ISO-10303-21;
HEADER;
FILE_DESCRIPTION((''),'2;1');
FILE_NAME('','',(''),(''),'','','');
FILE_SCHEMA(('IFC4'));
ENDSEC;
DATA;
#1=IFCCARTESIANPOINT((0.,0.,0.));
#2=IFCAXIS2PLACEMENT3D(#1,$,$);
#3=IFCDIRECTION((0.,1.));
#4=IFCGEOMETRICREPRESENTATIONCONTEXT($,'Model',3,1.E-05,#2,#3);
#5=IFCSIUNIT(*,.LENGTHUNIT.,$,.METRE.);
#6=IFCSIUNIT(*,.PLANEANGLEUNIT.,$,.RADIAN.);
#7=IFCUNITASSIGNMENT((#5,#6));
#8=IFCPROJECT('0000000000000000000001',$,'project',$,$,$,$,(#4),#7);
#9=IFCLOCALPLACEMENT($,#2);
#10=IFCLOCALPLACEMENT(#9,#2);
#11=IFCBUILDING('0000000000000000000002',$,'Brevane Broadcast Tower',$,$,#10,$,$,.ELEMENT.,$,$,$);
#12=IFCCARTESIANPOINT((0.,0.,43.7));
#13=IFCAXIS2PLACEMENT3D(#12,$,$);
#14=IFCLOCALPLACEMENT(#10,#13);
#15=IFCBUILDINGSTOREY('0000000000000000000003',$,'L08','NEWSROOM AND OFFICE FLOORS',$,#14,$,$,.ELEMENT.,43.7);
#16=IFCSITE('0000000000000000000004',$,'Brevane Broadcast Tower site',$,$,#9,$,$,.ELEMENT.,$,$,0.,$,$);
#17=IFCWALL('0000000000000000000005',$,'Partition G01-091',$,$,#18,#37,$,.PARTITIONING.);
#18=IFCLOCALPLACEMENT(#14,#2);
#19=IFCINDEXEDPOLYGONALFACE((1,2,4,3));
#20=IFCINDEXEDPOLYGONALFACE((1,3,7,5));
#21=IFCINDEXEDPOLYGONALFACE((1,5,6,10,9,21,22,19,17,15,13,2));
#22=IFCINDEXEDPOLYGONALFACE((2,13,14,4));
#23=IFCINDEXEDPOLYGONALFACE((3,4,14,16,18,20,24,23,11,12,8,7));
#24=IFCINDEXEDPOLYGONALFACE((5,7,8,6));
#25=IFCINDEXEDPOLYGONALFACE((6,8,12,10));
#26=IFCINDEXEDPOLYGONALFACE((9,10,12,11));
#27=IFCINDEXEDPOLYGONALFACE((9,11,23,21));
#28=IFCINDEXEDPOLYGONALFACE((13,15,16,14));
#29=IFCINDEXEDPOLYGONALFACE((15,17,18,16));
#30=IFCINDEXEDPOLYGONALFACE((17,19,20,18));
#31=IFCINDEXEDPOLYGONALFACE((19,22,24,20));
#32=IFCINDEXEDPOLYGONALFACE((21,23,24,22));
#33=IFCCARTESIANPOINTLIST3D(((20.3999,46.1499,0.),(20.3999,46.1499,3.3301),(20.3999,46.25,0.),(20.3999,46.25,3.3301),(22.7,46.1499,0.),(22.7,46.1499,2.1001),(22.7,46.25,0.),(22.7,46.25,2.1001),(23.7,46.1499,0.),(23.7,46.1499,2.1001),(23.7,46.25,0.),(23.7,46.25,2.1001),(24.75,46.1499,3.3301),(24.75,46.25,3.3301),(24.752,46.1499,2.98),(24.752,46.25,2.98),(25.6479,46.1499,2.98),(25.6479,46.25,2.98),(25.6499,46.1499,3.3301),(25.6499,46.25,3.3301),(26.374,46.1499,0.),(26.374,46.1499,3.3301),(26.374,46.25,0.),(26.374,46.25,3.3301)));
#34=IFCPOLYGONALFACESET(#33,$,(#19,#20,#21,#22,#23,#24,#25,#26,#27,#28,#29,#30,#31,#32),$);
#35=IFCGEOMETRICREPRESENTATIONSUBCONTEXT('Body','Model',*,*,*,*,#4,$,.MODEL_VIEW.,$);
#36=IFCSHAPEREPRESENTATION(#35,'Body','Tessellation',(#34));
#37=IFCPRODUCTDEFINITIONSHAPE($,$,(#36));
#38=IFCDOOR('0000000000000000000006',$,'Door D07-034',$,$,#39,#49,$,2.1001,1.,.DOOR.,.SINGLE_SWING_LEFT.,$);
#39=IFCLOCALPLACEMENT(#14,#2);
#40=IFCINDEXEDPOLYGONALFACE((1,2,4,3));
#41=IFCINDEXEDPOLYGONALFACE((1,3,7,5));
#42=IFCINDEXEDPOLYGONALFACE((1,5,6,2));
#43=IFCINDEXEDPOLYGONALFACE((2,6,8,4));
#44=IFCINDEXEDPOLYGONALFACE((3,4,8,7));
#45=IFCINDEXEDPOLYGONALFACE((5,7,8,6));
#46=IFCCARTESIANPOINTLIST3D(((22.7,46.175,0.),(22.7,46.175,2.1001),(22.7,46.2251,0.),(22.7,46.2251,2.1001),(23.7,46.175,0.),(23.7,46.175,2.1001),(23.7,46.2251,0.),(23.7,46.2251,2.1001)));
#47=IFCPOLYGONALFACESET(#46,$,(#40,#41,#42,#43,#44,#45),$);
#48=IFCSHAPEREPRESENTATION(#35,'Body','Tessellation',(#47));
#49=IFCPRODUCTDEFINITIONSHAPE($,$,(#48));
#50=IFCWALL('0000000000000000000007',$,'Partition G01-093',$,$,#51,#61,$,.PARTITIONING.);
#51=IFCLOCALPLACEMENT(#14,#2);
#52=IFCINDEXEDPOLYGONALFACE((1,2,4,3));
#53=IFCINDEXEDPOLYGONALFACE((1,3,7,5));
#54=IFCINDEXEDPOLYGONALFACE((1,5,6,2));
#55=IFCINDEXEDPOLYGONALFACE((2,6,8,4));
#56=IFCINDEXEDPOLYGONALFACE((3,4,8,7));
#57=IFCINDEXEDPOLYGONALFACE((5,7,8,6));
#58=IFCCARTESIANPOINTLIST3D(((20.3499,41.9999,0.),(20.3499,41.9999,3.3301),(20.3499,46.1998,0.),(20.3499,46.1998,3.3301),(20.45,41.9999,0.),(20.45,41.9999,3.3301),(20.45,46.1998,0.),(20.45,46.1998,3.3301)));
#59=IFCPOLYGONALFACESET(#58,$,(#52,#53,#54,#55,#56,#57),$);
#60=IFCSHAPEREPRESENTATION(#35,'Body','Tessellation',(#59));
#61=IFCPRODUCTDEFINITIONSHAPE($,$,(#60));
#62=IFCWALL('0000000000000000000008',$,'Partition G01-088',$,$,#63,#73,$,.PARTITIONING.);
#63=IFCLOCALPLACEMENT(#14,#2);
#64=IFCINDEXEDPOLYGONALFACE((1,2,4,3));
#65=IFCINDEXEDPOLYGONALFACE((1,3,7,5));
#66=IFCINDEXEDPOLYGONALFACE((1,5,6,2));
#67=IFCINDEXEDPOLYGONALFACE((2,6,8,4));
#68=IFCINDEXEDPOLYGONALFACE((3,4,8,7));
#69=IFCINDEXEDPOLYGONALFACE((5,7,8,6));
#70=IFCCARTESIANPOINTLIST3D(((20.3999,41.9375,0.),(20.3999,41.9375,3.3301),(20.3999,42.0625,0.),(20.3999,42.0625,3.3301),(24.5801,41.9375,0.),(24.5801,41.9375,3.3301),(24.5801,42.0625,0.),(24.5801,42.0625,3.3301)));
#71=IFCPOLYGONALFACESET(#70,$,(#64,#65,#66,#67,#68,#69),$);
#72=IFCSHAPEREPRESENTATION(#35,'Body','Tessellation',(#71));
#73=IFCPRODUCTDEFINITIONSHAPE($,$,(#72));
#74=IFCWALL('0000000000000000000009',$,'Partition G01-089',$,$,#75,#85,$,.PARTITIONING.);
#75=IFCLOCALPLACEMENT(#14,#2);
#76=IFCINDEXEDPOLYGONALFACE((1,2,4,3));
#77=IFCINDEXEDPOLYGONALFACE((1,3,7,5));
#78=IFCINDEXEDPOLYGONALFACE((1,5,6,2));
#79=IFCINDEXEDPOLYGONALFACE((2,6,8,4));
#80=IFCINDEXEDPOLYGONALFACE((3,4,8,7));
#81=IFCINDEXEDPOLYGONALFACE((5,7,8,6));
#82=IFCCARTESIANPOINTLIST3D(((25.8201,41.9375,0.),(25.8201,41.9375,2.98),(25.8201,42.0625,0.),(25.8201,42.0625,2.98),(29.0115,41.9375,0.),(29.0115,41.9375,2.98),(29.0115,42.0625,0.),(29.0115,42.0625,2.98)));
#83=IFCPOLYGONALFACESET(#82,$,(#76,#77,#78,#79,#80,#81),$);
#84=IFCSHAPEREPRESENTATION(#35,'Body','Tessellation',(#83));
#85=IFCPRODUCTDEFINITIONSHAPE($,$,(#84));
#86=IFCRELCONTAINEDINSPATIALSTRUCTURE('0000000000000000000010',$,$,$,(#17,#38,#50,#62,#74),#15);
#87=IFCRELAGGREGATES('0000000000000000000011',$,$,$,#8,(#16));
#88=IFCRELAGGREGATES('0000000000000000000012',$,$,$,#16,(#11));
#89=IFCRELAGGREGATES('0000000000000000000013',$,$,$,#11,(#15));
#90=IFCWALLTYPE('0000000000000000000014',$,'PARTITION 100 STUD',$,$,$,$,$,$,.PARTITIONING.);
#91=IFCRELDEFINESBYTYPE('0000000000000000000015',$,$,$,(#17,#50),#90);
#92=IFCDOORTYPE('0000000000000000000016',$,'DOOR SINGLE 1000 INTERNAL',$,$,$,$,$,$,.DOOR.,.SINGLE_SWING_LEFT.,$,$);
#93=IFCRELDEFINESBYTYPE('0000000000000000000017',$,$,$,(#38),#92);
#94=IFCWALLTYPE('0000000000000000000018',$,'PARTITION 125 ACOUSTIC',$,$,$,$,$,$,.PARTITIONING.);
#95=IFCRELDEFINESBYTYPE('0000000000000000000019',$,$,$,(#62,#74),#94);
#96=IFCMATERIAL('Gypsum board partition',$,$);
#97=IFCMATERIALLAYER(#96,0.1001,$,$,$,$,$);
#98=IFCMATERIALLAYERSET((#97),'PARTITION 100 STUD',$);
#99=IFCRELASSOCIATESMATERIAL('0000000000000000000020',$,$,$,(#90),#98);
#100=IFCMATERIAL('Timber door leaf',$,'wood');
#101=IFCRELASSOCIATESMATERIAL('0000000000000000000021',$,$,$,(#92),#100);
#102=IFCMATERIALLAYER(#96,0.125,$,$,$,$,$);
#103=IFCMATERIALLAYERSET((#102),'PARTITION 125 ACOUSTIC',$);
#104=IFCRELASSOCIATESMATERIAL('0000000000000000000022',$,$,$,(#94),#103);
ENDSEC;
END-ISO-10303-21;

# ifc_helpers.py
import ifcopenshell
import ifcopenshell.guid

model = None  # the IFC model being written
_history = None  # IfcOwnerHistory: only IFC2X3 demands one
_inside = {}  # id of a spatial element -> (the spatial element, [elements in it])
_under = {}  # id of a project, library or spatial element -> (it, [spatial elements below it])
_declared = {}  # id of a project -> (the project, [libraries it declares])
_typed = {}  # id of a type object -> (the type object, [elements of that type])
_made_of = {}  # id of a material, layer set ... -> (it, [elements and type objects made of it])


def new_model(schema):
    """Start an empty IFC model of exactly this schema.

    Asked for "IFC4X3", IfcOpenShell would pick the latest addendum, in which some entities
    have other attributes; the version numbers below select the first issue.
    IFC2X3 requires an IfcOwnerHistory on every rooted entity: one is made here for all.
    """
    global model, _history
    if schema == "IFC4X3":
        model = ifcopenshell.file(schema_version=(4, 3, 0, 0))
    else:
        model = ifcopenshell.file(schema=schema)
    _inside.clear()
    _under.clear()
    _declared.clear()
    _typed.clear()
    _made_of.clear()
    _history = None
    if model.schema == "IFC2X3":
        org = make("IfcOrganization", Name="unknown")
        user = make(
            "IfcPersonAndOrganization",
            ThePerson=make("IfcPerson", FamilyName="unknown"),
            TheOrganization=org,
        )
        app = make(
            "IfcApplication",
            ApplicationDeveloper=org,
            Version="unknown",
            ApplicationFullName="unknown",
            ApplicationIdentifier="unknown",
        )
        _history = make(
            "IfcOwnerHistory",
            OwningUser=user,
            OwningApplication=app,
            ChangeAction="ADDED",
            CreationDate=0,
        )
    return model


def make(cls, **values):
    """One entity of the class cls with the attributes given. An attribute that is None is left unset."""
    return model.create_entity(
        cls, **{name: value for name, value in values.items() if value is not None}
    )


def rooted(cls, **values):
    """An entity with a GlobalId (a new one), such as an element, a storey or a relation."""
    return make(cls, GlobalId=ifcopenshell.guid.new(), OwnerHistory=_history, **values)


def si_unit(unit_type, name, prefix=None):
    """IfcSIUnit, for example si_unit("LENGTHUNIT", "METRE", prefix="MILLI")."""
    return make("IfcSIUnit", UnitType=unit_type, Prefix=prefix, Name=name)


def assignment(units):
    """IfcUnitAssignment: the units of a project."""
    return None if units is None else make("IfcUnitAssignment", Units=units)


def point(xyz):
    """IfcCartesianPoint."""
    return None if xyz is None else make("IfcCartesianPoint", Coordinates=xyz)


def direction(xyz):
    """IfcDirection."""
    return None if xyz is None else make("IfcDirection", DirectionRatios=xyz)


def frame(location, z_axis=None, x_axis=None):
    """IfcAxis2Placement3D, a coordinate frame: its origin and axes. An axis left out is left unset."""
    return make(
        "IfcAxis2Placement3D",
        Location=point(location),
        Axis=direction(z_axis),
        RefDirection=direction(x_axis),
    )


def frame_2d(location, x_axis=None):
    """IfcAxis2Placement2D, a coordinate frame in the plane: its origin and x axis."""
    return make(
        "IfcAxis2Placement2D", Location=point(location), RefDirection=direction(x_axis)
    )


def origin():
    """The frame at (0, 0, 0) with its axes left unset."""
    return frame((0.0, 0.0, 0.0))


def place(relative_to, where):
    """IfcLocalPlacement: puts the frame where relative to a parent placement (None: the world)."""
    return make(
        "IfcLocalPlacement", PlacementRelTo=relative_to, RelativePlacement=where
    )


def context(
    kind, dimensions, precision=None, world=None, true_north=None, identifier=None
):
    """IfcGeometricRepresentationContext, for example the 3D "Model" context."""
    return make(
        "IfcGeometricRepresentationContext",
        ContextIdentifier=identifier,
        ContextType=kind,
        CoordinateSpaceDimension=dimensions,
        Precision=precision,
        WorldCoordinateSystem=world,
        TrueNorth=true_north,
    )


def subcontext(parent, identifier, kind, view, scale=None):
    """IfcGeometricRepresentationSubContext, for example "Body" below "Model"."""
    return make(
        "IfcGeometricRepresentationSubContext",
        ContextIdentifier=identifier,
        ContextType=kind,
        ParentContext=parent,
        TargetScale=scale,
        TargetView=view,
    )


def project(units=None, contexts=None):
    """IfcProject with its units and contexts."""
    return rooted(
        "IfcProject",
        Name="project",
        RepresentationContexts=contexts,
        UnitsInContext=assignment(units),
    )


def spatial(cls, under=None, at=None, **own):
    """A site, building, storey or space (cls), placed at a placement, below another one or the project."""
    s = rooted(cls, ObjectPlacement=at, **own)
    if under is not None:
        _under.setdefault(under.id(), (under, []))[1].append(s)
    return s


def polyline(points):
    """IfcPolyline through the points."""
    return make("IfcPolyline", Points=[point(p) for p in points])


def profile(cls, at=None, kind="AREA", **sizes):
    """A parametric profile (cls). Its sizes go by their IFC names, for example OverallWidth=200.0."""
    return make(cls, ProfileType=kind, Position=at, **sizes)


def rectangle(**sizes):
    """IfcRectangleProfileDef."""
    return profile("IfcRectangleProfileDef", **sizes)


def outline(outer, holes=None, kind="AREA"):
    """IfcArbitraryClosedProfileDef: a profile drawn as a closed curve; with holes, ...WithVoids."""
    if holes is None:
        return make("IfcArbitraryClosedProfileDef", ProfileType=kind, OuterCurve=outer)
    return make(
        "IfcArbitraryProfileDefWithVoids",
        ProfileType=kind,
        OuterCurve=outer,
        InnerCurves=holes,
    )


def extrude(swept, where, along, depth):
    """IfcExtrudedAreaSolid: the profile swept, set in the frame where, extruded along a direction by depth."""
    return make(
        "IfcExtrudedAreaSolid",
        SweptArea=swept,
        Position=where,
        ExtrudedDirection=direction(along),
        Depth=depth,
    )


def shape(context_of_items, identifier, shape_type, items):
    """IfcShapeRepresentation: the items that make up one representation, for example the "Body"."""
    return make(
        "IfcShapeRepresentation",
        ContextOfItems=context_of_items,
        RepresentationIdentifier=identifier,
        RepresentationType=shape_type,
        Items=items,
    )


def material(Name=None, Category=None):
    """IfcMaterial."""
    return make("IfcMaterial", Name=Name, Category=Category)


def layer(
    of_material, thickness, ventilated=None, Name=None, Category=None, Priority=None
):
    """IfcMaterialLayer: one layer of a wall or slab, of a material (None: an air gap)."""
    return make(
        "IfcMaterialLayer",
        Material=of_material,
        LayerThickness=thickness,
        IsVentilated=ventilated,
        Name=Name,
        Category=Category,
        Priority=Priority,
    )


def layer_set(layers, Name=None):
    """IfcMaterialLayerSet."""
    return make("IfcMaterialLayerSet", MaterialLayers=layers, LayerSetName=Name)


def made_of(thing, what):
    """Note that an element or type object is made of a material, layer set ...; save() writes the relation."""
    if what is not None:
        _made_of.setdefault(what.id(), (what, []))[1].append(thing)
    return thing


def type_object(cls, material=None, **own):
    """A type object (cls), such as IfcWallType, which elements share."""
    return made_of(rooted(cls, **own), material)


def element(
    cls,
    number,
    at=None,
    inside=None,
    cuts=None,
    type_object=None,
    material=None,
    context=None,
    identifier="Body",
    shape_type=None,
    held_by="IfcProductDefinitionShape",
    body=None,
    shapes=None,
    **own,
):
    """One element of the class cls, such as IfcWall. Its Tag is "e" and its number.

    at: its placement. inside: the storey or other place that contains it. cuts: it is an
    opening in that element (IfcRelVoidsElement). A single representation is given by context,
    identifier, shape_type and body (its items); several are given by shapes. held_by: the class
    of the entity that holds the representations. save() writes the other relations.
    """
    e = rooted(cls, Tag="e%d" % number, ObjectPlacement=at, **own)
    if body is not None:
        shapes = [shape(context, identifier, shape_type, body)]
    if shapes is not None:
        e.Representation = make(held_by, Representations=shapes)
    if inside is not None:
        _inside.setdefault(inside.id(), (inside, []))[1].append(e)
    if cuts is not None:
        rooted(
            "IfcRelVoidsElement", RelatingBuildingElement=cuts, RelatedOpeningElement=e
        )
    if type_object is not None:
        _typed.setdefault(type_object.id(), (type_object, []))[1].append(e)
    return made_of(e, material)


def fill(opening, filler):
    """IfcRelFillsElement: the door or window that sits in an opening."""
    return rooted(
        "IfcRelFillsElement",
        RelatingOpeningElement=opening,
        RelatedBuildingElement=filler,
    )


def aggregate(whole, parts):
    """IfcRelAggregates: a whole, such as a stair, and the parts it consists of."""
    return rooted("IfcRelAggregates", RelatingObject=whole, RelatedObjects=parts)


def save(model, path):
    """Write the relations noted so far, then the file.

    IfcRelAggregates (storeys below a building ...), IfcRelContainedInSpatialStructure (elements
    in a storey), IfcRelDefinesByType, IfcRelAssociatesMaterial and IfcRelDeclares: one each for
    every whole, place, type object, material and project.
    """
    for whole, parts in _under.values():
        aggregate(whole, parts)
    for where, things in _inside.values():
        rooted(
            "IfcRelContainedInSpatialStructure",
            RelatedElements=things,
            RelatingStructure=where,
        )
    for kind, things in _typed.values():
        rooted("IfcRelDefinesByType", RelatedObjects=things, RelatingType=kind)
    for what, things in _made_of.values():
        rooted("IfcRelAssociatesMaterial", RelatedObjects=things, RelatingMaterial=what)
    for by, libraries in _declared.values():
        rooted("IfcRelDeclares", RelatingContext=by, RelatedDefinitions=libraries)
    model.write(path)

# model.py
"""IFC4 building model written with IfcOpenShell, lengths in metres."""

from ifc_helpers import new_model, si_unit, direction, frame, frame_2d, origin, place, context, subcontext, project, spatial, polyline, rectangle, outline, extrude, material, layer, layer_set, type_object, element, fill, save


model = new_model("IFC4")

# Units and contexts
model_context = context("Model", 3, precision=1e-05, world=origin(), true_north=direction((0.0, 1.0)))
body_context = subcontext(model_context, "Body", "Model", "MODEL_VIEW")
ifc_project = project(units=[si_unit("LENGTHUNIT", "METRE"), si_unit("PLANEANGLEUNIT", "RADIAN")], contexts=[model_context])

# Site, building, storey
site_placement = place(None, origin())
site = spatial("IfcSite", under=ifc_project, at=site_placement, Name="Brevane Broadcast Tower site", CompositionType="ELEMENT", RefElevation=0.0)
building_placement = place(site_placement, origin())
building = spatial("IfcBuilding", under=site, at=building_placement, Name="Brevane Broadcast Tower", CompositionType="ELEMENT")
storey_placement = place(building_placement, frame((0.0, 0.0, 43.7)))
storey = spatial("IfcBuildingStorey", under=building, at=storey_placement, Name="L08", Description="NEWSROOM AND OFFICE FLOORS", CompositionType="ELEMENT", Elevation=43.7)

# Shared definitions
ifc_material_1 = material(Name="Gypsum board partition")
ifc_layer_1 = layer(ifc_material_1, 0.1001)
ifc_layer_set_1 = layer_set([ifc_layer_1], Name="PARTITION 100 STUD")
wall_type_1 = type_object("IfcWallType", Name="PARTITION 100 STUD", PredefinedType="PARTITIONING", material=ifc_layer_set_1)

# Wall, opening, door
ifc_material_2 = material(Name="Timber door leaf", Category="wood")
door_type = type_object("IfcDoorType", Name="DOOR SINGLE 1000 INTERNAL", OperationType="SINGLE_SWING_LEFT", PredefinedType="DOOR", material=ifc_material_2)
wall_1_placement = place(storey_placement, frame((26.374, 46.2, 0.0), z_axis=(0.0, 0.0, 1.0), x_axis=(-1.0, 0.0, 0.0)))
wall_1 = element("IfcWall", 1, at=wall_1_placement, inside=storey, type_object=wall_type_1, Name="Partition G01-091", PredefinedType="PARTITIONING", context=body_context, shape_type="SweptSolid", body=[
    extrude(outline(polyline([(0.0, 0.0), (5.9741, 0.0), (5.9741, 3.3301), (1.624, 3.3301), (1.6221, 2.98), (0.7261, 2.98), (0.7241, 3.3301), (0.074, 3.3301), (0.0, 3.3301), (0.0, 0.0)])), frame((0.0, 0.05, 0.0), z_axis=(0.0, -1.0, 0.0), x_axis=(1.0, 0.0, 0.0)), (0.0, 0.0, 1.0), 0.1001),
])
opening_1_placement = place(wall_1_placement, frame((2.6741, 0.0, 0.0)))
opening_1 = element("IfcOpeningElement", 2, at=opening_1_placement, cuts=wall_1, PredefinedType="OPENING", context=body_context, shape_type="SweptSolid", body=[
    extrude(rectangle(XDim=1.0, YDim=2.1001, at=frame_2d((0.5, 1.05))), frame((0.0, 0.0601, 0.0), z_axis=(0.0, -1.0, 0.0), x_axis=(1.0, 0.0, 0.0)), (0.0, 0.0, 1.0), 0.1201),
])
door_1_placement = place(opening_1_placement, origin())
door_1 = element("IfcDoor", 3, at=door_1_placement, inside=storey, type_object=door_type, Name="Door D07-034", OperationType="SINGLE_SWING_LEFT", OverallHeight=2.1001, OverallWidth=1.0, PredefinedType="DOOR", context=body_context, shape_type="SweptSolid", body=[
    extrude(rectangle(XDim=1.0, YDim=2.1001, at=frame_2d((0.5, 1.05))), frame((0.0, 0.0249, 0.0), z_axis=(0.0, -1.0, 0.0), x_axis=(1.0, 0.0, 0.0)), (0.0, 0.0, 1.0), 0.05),
])
fill(opening_1, door_1)

# Walls
wall_2_placement = place(storey_placement, frame((20.3999, 46.2, 0.0), z_axis=(0.0, 0.0, 1.0), x_axis=(0.0, -1.0, 0.0)))
element("IfcWall", 4, at=wall_2_placement, inside=storey, type_object=wall_type_1, Name="Partition G01-093", PredefinedType="PARTITIONING", context=body_context, shape_type="SweptSolid", body=[
    extrude(rectangle(XDim=4.2, YDim=0.1001, at=frame_2d((2.1001, 0.0))), origin(), (0.0, 0.0, 1.0), 3.3301),
])
ifc_layer_2 = layer(ifc_material_1, 0.125)
ifc_layer_set_2 = layer_set([ifc_layer_2], Name="PARTITION 125 ACOUSTIC")
wall_type_2 = type_object("IfcWallType", Name="PARTITION 125 ACOUSTIC", PredefinedType="PARTITIONING", material=ifc_layer_set_2)
wall_3_placement = place(storey_placement, frame((20.3999, 42.0, 0.0), z_axis=(0.0, 0.0, 1.0), x_axis=(1.0, 0.0, 0.0)))
element("IfcWall", 5, at=wall_3_placement, inside=storey, type_object=wall_type_2, Name="Partition G01-088", PredefinedType="PARTITIONING", context=body_context, shape_type="SweptSolid", body=[
    extrude(rectangle(XDim=4.1802, YDim=0.125, at=frame_2d((2.0901, 0.0))), origin(), (0.0, 0.0, 1.0), 3.3301),
])
wall_4_placement = place(storey_placement, frame((25.8201, 42.0, 0.0), z_axis=(0.0, 0.0, 1.0), x_axis=(1.0, 0.0, 0.0)))
element("IfcWall", 6, at=wall_4_placement, inside=storey, type_object=wall_type_2, Name="Partition G01-089", PredefinedType="PARTITIONING", context=body_context, shape_type="SweptSolid", body=[
    extrude(rectangle(XDim=3.1914, YDim=0.125, at=frame_2d((1.5957, 0.0))), origin(), (0.0, 0.0, 1.0), 2.98),
])

save(model, "model.ifc")
